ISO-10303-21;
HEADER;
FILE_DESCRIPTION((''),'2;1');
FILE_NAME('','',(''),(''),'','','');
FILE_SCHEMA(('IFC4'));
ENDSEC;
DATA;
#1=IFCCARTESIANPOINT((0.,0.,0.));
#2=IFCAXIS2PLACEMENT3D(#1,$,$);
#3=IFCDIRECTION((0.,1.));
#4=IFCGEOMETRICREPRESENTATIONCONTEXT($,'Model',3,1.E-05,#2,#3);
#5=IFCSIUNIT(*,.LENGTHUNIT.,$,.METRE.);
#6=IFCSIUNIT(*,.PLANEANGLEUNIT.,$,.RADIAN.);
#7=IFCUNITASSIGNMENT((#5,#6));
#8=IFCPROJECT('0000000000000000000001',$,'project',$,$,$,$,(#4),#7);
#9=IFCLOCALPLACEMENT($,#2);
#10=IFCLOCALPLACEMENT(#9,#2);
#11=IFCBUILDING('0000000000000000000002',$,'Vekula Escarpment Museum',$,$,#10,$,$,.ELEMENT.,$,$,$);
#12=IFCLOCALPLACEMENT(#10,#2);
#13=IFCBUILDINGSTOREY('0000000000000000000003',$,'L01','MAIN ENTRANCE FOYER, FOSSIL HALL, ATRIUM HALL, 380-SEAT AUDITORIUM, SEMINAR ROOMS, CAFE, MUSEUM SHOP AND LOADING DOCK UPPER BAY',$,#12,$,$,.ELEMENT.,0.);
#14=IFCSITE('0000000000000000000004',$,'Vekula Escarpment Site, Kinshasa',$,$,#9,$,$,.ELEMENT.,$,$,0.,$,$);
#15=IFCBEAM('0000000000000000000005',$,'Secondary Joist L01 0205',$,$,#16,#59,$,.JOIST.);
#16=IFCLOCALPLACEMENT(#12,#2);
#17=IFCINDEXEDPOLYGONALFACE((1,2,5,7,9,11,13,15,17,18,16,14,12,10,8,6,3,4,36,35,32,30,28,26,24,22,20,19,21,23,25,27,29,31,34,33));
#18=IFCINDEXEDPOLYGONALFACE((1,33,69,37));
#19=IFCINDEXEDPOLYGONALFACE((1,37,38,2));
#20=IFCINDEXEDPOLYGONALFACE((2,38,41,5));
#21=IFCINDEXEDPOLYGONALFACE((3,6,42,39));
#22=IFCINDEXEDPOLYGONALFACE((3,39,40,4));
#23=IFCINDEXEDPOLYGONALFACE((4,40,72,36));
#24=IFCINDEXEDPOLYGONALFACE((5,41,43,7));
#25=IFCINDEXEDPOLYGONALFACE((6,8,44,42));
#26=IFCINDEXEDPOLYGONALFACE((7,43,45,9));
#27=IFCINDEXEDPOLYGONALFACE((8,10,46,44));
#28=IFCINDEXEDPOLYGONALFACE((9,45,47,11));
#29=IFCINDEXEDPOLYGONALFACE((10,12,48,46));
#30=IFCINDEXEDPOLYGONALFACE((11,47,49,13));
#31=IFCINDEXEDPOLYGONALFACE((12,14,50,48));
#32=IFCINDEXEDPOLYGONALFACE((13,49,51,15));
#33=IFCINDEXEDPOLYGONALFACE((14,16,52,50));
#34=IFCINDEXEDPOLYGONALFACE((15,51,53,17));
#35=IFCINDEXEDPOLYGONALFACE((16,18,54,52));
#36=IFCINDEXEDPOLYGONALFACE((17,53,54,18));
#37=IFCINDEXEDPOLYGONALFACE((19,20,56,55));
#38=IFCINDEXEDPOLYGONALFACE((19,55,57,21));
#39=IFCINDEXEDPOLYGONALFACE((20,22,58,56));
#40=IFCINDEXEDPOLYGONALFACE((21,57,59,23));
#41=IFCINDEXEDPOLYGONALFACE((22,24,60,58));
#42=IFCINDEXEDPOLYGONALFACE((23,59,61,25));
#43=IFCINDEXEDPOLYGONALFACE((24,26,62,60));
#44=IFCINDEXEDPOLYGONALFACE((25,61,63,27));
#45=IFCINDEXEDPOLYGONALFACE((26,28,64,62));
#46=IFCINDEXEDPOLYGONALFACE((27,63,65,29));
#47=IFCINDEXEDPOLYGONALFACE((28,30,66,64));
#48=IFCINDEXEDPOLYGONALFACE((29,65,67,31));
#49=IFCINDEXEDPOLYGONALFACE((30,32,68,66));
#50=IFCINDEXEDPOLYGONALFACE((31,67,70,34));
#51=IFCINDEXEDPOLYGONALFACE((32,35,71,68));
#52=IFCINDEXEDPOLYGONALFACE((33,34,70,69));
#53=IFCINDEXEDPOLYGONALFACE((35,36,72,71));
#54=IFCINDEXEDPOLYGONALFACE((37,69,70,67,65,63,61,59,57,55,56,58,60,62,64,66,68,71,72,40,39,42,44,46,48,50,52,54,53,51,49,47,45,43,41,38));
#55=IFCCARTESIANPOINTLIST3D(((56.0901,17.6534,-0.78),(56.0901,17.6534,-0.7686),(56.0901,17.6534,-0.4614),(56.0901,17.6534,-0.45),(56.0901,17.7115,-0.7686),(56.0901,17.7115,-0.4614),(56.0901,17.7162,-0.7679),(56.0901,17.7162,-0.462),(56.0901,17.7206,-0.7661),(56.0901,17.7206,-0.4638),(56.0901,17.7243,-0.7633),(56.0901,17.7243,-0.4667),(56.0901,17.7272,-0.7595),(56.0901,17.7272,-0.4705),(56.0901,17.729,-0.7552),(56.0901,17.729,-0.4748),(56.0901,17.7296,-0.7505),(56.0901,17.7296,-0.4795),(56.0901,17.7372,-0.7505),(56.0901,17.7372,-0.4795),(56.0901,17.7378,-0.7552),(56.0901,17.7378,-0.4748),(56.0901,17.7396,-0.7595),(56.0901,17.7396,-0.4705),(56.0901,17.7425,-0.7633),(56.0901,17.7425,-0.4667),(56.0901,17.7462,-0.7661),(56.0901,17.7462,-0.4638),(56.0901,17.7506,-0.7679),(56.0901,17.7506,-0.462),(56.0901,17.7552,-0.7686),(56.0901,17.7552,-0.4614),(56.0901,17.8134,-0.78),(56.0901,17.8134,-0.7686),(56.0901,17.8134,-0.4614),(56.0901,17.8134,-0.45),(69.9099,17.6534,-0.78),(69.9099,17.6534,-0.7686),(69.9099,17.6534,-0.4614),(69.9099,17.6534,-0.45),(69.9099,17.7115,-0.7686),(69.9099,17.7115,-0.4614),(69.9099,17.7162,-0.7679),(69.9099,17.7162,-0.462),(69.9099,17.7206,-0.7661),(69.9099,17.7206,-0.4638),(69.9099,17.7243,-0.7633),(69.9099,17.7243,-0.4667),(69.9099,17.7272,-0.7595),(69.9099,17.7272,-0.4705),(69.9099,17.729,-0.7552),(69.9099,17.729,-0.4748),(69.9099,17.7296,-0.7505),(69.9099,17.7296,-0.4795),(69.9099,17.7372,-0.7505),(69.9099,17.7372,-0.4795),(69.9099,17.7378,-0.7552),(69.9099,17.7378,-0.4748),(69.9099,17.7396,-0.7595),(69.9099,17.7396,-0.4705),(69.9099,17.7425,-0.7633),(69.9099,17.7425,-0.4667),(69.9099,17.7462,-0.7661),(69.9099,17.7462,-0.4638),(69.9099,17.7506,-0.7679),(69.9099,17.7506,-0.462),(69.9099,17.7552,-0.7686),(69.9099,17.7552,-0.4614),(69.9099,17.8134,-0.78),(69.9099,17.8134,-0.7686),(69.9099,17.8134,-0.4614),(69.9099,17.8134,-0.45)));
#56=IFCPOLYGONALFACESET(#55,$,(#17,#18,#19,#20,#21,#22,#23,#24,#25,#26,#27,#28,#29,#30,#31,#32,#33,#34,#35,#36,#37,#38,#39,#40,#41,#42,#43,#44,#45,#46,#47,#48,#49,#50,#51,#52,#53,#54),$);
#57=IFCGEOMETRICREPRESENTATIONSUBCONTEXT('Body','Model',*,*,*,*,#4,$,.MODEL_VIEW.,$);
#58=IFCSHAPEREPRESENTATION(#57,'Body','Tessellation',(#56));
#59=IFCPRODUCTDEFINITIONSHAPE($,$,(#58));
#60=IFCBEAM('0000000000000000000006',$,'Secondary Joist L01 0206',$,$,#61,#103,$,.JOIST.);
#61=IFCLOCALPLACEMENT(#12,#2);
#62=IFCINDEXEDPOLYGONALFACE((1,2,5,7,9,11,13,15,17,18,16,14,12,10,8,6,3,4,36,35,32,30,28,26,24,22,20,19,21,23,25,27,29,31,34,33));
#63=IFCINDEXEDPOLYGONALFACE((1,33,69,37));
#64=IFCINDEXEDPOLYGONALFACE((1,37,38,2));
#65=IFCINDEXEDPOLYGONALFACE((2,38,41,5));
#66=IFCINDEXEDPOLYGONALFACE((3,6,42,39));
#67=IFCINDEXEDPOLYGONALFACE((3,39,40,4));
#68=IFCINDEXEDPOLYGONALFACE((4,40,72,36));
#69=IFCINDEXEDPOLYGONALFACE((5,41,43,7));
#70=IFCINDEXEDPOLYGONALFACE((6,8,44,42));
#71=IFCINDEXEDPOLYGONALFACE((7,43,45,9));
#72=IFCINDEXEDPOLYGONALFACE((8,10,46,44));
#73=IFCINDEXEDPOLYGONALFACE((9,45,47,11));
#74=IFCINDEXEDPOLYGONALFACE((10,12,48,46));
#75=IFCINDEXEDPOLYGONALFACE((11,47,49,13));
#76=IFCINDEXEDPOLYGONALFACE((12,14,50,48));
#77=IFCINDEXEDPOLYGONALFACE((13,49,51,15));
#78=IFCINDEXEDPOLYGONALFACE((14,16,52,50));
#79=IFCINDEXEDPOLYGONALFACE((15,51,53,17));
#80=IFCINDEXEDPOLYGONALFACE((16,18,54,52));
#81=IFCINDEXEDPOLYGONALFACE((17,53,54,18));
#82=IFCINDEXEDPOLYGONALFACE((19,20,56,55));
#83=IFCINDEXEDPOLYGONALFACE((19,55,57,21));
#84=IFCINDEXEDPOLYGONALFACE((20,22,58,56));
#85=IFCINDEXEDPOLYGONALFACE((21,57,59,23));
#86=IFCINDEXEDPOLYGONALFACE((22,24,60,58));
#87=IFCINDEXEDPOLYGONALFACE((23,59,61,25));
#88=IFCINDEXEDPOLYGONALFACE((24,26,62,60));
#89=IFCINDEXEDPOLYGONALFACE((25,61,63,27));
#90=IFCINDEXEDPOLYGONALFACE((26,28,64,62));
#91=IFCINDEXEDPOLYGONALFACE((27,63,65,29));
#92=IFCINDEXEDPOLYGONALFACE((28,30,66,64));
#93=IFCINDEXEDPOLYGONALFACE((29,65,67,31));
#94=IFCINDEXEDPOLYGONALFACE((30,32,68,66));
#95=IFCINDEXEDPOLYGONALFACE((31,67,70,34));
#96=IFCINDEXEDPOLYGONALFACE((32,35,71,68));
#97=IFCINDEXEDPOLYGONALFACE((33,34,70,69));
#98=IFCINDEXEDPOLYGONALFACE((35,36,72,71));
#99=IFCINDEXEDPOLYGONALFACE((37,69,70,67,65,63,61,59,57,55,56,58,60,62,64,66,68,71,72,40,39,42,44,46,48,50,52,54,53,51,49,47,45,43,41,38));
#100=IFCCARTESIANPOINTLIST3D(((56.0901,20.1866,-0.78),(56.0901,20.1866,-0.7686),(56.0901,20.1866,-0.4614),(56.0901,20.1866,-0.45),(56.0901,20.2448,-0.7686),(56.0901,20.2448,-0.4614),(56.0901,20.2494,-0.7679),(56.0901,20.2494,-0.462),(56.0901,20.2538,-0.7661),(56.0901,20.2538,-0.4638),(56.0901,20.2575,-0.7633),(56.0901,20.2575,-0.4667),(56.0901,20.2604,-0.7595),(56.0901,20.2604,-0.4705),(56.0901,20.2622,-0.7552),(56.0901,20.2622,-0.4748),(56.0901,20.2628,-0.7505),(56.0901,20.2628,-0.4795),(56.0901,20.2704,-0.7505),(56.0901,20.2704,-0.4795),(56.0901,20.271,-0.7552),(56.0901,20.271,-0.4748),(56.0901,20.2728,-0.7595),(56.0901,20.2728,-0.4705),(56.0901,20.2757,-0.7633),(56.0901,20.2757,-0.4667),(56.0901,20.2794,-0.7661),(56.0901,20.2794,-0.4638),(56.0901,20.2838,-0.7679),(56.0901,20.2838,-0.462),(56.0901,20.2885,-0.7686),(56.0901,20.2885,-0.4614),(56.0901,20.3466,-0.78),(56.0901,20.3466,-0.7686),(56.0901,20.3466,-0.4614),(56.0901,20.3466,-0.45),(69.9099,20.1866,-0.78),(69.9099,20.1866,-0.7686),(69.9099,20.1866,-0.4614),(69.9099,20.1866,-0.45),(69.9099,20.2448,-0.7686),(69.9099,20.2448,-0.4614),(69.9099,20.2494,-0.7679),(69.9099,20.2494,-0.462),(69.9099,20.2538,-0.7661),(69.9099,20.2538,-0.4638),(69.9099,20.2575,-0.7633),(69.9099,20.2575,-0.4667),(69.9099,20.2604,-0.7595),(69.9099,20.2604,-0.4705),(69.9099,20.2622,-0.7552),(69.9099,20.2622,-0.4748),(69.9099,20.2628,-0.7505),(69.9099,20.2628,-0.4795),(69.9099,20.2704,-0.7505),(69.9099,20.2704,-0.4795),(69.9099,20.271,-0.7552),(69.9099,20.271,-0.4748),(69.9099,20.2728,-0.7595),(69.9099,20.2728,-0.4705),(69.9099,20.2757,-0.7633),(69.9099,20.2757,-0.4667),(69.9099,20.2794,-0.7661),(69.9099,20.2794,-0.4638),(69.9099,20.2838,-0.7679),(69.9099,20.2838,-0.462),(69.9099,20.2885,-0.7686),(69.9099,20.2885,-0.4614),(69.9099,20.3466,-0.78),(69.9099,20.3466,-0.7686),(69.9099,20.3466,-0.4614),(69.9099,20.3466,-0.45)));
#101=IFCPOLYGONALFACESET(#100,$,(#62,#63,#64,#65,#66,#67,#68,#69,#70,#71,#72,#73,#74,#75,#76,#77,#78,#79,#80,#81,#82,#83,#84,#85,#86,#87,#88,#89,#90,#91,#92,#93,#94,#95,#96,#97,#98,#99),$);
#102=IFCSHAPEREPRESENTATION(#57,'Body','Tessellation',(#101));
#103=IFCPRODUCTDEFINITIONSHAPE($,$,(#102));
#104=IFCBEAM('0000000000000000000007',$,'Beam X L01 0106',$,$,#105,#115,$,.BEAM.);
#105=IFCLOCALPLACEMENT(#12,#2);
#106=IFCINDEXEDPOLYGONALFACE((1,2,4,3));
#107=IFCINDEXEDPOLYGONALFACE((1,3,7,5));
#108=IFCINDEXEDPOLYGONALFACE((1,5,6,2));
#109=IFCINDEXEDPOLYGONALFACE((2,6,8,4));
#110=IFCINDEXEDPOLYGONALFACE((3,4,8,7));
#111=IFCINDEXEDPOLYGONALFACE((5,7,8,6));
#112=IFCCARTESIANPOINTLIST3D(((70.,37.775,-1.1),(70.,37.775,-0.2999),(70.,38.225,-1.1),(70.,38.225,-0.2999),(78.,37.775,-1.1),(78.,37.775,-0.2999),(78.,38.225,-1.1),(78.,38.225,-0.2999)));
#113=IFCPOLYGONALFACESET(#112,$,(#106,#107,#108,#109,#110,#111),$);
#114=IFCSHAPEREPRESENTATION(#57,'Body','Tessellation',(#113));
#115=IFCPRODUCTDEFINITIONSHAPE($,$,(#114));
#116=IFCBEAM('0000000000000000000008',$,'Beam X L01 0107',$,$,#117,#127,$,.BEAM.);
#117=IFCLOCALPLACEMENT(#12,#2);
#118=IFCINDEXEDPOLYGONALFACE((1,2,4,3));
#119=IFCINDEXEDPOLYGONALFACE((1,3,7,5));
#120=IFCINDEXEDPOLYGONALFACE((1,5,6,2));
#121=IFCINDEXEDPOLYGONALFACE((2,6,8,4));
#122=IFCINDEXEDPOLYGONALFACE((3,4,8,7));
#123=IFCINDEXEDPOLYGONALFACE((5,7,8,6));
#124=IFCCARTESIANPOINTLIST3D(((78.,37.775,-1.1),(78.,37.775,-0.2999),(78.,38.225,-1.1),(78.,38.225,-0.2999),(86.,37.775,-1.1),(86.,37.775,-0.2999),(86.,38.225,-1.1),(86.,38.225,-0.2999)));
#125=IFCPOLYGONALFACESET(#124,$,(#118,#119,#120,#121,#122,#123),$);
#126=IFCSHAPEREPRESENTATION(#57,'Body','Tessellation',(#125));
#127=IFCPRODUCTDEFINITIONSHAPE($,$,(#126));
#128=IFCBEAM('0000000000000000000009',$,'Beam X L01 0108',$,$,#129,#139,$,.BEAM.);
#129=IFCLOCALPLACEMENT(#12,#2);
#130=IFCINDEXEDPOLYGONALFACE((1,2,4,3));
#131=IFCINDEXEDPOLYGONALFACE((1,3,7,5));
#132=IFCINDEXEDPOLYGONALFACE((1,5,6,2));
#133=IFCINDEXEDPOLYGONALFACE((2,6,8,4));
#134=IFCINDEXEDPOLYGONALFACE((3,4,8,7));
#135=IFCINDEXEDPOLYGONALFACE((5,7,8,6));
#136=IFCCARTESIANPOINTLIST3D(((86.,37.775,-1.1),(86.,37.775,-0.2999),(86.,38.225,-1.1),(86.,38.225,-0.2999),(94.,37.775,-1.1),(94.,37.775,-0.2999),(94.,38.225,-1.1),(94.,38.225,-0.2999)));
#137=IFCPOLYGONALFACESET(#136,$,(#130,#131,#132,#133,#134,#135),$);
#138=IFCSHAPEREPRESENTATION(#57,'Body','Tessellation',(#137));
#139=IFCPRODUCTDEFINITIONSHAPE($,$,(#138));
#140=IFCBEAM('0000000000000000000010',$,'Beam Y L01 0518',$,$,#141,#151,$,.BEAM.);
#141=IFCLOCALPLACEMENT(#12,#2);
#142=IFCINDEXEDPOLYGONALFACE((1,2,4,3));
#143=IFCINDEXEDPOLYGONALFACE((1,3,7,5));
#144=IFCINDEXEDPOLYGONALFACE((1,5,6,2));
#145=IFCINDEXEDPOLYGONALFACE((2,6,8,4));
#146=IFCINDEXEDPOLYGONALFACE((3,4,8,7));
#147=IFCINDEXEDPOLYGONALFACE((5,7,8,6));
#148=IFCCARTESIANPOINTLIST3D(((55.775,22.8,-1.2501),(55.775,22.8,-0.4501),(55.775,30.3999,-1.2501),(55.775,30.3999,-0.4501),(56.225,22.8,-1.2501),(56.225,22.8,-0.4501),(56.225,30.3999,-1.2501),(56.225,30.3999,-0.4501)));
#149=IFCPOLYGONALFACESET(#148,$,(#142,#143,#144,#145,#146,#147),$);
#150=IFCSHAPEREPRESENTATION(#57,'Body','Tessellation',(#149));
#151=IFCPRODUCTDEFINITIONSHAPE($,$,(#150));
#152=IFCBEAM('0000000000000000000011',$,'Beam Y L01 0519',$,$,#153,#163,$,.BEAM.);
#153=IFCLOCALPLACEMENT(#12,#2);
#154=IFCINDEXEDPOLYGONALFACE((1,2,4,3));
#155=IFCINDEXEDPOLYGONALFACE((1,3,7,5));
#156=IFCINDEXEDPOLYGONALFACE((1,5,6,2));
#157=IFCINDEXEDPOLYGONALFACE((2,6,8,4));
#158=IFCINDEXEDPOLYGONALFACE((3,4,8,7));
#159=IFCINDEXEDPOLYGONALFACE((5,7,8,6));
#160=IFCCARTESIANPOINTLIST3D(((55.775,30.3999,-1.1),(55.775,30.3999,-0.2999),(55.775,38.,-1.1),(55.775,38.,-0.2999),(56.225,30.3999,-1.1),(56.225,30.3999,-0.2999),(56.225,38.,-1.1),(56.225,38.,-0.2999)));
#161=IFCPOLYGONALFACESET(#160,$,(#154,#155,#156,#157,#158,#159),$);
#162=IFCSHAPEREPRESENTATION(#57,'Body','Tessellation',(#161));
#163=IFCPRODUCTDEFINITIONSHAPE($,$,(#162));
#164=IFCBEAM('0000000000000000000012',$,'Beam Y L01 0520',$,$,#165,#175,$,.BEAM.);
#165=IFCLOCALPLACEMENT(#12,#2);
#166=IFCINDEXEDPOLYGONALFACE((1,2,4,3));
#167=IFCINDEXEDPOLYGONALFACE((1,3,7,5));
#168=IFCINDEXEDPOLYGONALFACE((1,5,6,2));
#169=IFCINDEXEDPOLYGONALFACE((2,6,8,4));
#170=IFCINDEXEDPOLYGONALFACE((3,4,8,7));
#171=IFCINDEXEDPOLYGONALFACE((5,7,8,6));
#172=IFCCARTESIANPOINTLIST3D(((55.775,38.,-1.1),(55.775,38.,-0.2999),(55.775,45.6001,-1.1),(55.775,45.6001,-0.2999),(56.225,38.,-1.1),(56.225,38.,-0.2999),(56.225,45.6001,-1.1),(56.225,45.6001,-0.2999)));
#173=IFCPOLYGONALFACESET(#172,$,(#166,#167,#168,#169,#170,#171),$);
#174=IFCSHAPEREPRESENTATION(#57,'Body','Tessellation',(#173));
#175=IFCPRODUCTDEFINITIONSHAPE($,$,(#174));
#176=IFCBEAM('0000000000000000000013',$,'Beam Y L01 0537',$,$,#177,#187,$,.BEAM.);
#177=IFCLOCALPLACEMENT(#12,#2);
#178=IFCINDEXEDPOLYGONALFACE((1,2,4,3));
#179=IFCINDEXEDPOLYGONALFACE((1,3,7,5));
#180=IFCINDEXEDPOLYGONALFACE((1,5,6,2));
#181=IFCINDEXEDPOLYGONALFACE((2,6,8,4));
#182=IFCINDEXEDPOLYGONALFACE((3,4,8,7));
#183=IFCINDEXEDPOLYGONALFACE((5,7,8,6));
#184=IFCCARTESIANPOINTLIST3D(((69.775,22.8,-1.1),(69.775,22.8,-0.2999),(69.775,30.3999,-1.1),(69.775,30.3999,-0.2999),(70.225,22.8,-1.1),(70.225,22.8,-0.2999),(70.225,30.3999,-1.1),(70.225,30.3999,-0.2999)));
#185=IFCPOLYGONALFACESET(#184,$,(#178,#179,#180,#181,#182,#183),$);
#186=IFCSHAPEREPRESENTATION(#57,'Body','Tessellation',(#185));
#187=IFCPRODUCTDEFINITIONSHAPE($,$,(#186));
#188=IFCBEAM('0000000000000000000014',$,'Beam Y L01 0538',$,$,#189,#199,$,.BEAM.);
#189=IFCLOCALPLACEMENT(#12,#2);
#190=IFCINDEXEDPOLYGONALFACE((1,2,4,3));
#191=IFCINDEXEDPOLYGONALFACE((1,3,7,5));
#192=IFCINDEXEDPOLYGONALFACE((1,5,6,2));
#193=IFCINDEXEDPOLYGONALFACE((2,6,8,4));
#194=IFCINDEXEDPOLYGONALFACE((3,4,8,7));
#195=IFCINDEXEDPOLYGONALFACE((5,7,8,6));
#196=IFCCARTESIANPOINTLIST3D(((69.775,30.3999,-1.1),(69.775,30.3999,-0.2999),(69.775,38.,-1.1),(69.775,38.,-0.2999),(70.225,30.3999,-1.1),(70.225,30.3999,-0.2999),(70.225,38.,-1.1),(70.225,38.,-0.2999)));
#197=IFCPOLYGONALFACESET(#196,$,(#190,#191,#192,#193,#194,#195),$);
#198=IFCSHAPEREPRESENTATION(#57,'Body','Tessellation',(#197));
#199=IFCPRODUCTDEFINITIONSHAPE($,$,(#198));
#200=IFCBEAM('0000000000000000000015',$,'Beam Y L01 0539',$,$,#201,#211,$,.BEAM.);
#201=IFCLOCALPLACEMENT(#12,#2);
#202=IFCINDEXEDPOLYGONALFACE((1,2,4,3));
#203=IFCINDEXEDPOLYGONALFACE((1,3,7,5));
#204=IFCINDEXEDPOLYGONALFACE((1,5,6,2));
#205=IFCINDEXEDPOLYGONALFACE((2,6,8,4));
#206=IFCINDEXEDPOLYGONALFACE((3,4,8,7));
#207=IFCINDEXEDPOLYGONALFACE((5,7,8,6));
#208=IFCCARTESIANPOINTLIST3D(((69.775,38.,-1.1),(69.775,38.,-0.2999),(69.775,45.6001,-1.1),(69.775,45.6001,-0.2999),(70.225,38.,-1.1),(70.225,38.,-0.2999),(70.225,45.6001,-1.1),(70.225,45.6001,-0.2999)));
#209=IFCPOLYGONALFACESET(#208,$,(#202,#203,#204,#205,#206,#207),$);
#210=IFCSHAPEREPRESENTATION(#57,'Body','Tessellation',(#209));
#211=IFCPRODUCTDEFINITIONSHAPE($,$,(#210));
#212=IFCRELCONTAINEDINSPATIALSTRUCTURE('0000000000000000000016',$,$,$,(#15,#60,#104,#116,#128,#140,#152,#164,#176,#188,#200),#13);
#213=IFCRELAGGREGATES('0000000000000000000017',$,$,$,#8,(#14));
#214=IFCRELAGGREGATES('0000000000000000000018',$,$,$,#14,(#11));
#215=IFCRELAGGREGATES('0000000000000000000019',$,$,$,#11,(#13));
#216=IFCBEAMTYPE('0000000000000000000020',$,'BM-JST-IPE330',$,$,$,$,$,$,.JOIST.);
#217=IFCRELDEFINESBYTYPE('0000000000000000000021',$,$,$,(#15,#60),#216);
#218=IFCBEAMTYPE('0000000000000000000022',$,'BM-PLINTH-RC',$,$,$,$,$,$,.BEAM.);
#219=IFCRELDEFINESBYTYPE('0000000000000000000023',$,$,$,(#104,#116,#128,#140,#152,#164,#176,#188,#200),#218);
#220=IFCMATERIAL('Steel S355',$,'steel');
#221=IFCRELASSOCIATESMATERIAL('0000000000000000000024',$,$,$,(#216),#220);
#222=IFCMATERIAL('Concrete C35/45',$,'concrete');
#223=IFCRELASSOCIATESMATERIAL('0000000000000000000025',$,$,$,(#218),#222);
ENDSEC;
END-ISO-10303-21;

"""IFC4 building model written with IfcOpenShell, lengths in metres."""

from ifc_helpers import new_model, si_unit, direction, frame, origin, origin_2d, place, context, subcontext, project, spatial, rectangle, i_section, extrude, material, material_profile, profile_set, type_object, element, save


model = new_model("IFC4")

# Units and contexts
model_context = context("Model", 3, precision=1e-05, world=origin(), true_north=direction((0.0, 1.0)))
body_context = subcontext(model_context, "Body", "Model", "MODEL_VIEW")
ifc_project = project(units=[si_unit("LENGTHUNIT", "METRE"), si_unit("PLANEANGLEUNIT", "RADIAN")], contexts=[model_context])

# Site, building, storey
site_placement = place(None, origin())
site = spatial("IfcSite", under=ifc_project, at=site_placement, Name="Vekula Escarpment Site, Kinshasa", CompositionType="ELEMENT", RefElevation=0.0)
building_placement = place(site_placement, origin())
building = spatial("IfcBuilding", under=site, at=building_placement, Name="Vekula Escarpment Museum", CompositionType="ELEMENT")
storey_placement = place(building_placement, origin())
storey = spatial("IfcBuildingStorey", under=building, at=storey_placement, Name="L01", Description="MAIN ENTRANCE FOYER, FOSSIL HALL, ATRIUM HALL, 380-SEAT AUDITORIUM, SEMINAR ROOMS, CAFE, MUSEUM SHOP AND LOADING DOCK UPPER BAY", CompositionType="ELEMENT", Elevation=0.0)

# Beams
ifc_material_1 = material(Name="Steel S355", Category="steel")
ifc_material_profile_1 = material_profile(ifc_material_1, i_section(OverallWidth=0.1599, OverallDepth=0.3301, WebThickness=0.0076, FlangeThickness=0.0115, FilletRadius=0.0181, at=origin_2d()), Name="IPE 330")
ifc_profile_set_1 = profile_set([ifc_material_profile_1], Name="Steel S355")
beam_type_1 = type_object("IfcBeamType", Name="BM-JST-IPE330", PredefinedType="JOIST", material=ifc_profile_set_1)
for number, where, z_axis, x_axis, name in (
    (1, (56.0901, 17.7334, -0.615), (1.0, 0.0, 0.0), (0.0, 1.0, 0.0), "Secondary Joist L01 0205"),
    (2, (56.0901, 20.2666, -0.615), (1.0, 0.0, 0.0), (0.0, 1.0, 0.0), "Secondary Joist L01 0206"),
):
    element("IfcBeam", number, at=place(storey_placement, frame(where, z_axis=z_axis, x_axis=x_axis)), inside=storey, type_object=beam_type_1, Name=name, PredefinedType="JOIST", context=body_context, shape_type="SweptSolid", body=[
        extrude(i_section(OverallWidth=0.1599, OverallDepth=0.3301, WebThickness=0.0076, FlangeThickness=0.0115, FilletRadius=0.0181, at=origin_2d()), origin(), (0.0, 0.0, 1.0), 13.8198),
    ])
ifc_material_2 = material(Name="Concrete C35/45", Category="concrete")
ifc_material_profile_2 = material_profile(ifc_material_2, rectangle(XDim=0.45, YDim=0.8, at=origin_2d()), Name="RC 450x800")
ifc_profile_set_2 = profile_set([ifc_material_profile_2], Name="Concrete C35/45")
beam_type_2 = type_object("IfcBeamType", Name="BM-PLINTH-RC", PredefinedType="BEAM", material=ifc_profile_set_2)
for number, where, z_axis, x_axis, name in (
    (3, (70.0, 38.0, -0.7), (1.0, 0.0, 0.0), (0.0, 1.0, 0.0), "Beam X L01 0106"),
    (4, (78.0, 38.0, -0.7), (1.0, 0.0, 0.0), (0.0, 1.0, 0.0), "Beam X L01 0107"),
    (5, (86.0, 38.0, -0.7), (1.0, 0.0, 0.0), (0.0, 1.0, 0.0), "Beam X L01 0108"),
):
    element("IfcBeam", number, at=place(storey_placement, frame(where, z_axis=z_axis, x_axis=x_axis)), inside=storey, type_object=beam_type_2, Name=name, PredefinedType="BEAM", context=body_context, shape_type="SweptSolid", body=[
        extrude(rectangle(XDim=0.45, YDim=0.8, at=origin_2d()), origin(), (0.0, 0.0, 1.0), 8.0),
    ])
beam_1_placement = place(storey_placement, frame((56.0, 22.8, -0.8501), z_axis=(0.0, 1.0, 0.0), x_axis=(-1.0, 0.0, 0.0)))
element("IfcBeam", 6, at=beam_1_placement, inside=storey, type_object=beam_type_2, Name="Beam Y L01 0518", PredefinedType="BEAM", context=body_context, shape_type="SweptSolid", body=[
    extrude(rectangle(XDim=0.45, YDim=0.8, at=origin_2d()), origin(), (0.0, 0.0, 1.0), 7.5999),
])
for number, where, z_axis, x_axis, name in (
    (7, (56.0, 30.3999, -0.7), (0.0, 1.0, 0.0), (-1.0, 0.0, 0.0), "Beam Y L01 0519"),
    (8, (56.0, 38.0, -0.7), (0.0, 1.0, 0.0), (-1.0, 0.0, 0.0), "Beam Y L01 0520"),
):
    element("IfcBeam", number, at=place(storey_placement, frame(where, z_axis=z_axis, x_axis=x_axis)), inside=storey, type_object=beam_type_2, Name=name, PredefinedType="BEAM", context=body_context, shape_type="SweptSolid", body=[
        extrude(rectangle(XDim=0.45, YDim=0.8, at=origin_2d()), origin(), (0.0, 0.0, 1.0), 7.6001),
    ])
beam_2_placement = place(storey_placement, frame((70.0, 22.8, -0.7), z_axis=(0.0, 1.0, 0.0), x_axis=(-1.0, 0.0, 0.0)))
element("IfcBeam", 9, at=beam_2_placement, inside=storey, type_object=beam_type_2, Name="Beam Y L01 0537", PredefinedType="BEAM", context=body_context, shape_type="SweptSolid", body=[
    extrude(rectangle(XDim=0.45, YDim=0.8, at=origin_2d()), origin(), (0.0, 0.0, 1.0), 7.5999),
])
for number, where, z_axis, x_axis, name in (
    (10, (70.0, 30.3999, -0.7), (0.0, 1.0, 0.0), (-1.0, 0.0, 0.0), "Beam Y L01 0538"),
    (11, (70.0, 38.0, -0.7), (0.0, 1.0, 0.0), (-1.0, 0.0, 0.0), "Beam Y L01 0539"),
):
    element("IfcBeam", number, at=place(storey_placement, frame(where, z_axis=z_axis, x_axis=x_axis)), inside=storey, type_object=beam_type_2, Name=name, PredefinedType="BEAM", context=body_context, shape_type="SweptSolid", body=[
        extrude(rectangle(XDim=0.45, YDim=0.8, at=origin_2d()), origin(), (0.0, 0.0, 1.0), 7.6001),
    ])

save(model, "model.ifc")
